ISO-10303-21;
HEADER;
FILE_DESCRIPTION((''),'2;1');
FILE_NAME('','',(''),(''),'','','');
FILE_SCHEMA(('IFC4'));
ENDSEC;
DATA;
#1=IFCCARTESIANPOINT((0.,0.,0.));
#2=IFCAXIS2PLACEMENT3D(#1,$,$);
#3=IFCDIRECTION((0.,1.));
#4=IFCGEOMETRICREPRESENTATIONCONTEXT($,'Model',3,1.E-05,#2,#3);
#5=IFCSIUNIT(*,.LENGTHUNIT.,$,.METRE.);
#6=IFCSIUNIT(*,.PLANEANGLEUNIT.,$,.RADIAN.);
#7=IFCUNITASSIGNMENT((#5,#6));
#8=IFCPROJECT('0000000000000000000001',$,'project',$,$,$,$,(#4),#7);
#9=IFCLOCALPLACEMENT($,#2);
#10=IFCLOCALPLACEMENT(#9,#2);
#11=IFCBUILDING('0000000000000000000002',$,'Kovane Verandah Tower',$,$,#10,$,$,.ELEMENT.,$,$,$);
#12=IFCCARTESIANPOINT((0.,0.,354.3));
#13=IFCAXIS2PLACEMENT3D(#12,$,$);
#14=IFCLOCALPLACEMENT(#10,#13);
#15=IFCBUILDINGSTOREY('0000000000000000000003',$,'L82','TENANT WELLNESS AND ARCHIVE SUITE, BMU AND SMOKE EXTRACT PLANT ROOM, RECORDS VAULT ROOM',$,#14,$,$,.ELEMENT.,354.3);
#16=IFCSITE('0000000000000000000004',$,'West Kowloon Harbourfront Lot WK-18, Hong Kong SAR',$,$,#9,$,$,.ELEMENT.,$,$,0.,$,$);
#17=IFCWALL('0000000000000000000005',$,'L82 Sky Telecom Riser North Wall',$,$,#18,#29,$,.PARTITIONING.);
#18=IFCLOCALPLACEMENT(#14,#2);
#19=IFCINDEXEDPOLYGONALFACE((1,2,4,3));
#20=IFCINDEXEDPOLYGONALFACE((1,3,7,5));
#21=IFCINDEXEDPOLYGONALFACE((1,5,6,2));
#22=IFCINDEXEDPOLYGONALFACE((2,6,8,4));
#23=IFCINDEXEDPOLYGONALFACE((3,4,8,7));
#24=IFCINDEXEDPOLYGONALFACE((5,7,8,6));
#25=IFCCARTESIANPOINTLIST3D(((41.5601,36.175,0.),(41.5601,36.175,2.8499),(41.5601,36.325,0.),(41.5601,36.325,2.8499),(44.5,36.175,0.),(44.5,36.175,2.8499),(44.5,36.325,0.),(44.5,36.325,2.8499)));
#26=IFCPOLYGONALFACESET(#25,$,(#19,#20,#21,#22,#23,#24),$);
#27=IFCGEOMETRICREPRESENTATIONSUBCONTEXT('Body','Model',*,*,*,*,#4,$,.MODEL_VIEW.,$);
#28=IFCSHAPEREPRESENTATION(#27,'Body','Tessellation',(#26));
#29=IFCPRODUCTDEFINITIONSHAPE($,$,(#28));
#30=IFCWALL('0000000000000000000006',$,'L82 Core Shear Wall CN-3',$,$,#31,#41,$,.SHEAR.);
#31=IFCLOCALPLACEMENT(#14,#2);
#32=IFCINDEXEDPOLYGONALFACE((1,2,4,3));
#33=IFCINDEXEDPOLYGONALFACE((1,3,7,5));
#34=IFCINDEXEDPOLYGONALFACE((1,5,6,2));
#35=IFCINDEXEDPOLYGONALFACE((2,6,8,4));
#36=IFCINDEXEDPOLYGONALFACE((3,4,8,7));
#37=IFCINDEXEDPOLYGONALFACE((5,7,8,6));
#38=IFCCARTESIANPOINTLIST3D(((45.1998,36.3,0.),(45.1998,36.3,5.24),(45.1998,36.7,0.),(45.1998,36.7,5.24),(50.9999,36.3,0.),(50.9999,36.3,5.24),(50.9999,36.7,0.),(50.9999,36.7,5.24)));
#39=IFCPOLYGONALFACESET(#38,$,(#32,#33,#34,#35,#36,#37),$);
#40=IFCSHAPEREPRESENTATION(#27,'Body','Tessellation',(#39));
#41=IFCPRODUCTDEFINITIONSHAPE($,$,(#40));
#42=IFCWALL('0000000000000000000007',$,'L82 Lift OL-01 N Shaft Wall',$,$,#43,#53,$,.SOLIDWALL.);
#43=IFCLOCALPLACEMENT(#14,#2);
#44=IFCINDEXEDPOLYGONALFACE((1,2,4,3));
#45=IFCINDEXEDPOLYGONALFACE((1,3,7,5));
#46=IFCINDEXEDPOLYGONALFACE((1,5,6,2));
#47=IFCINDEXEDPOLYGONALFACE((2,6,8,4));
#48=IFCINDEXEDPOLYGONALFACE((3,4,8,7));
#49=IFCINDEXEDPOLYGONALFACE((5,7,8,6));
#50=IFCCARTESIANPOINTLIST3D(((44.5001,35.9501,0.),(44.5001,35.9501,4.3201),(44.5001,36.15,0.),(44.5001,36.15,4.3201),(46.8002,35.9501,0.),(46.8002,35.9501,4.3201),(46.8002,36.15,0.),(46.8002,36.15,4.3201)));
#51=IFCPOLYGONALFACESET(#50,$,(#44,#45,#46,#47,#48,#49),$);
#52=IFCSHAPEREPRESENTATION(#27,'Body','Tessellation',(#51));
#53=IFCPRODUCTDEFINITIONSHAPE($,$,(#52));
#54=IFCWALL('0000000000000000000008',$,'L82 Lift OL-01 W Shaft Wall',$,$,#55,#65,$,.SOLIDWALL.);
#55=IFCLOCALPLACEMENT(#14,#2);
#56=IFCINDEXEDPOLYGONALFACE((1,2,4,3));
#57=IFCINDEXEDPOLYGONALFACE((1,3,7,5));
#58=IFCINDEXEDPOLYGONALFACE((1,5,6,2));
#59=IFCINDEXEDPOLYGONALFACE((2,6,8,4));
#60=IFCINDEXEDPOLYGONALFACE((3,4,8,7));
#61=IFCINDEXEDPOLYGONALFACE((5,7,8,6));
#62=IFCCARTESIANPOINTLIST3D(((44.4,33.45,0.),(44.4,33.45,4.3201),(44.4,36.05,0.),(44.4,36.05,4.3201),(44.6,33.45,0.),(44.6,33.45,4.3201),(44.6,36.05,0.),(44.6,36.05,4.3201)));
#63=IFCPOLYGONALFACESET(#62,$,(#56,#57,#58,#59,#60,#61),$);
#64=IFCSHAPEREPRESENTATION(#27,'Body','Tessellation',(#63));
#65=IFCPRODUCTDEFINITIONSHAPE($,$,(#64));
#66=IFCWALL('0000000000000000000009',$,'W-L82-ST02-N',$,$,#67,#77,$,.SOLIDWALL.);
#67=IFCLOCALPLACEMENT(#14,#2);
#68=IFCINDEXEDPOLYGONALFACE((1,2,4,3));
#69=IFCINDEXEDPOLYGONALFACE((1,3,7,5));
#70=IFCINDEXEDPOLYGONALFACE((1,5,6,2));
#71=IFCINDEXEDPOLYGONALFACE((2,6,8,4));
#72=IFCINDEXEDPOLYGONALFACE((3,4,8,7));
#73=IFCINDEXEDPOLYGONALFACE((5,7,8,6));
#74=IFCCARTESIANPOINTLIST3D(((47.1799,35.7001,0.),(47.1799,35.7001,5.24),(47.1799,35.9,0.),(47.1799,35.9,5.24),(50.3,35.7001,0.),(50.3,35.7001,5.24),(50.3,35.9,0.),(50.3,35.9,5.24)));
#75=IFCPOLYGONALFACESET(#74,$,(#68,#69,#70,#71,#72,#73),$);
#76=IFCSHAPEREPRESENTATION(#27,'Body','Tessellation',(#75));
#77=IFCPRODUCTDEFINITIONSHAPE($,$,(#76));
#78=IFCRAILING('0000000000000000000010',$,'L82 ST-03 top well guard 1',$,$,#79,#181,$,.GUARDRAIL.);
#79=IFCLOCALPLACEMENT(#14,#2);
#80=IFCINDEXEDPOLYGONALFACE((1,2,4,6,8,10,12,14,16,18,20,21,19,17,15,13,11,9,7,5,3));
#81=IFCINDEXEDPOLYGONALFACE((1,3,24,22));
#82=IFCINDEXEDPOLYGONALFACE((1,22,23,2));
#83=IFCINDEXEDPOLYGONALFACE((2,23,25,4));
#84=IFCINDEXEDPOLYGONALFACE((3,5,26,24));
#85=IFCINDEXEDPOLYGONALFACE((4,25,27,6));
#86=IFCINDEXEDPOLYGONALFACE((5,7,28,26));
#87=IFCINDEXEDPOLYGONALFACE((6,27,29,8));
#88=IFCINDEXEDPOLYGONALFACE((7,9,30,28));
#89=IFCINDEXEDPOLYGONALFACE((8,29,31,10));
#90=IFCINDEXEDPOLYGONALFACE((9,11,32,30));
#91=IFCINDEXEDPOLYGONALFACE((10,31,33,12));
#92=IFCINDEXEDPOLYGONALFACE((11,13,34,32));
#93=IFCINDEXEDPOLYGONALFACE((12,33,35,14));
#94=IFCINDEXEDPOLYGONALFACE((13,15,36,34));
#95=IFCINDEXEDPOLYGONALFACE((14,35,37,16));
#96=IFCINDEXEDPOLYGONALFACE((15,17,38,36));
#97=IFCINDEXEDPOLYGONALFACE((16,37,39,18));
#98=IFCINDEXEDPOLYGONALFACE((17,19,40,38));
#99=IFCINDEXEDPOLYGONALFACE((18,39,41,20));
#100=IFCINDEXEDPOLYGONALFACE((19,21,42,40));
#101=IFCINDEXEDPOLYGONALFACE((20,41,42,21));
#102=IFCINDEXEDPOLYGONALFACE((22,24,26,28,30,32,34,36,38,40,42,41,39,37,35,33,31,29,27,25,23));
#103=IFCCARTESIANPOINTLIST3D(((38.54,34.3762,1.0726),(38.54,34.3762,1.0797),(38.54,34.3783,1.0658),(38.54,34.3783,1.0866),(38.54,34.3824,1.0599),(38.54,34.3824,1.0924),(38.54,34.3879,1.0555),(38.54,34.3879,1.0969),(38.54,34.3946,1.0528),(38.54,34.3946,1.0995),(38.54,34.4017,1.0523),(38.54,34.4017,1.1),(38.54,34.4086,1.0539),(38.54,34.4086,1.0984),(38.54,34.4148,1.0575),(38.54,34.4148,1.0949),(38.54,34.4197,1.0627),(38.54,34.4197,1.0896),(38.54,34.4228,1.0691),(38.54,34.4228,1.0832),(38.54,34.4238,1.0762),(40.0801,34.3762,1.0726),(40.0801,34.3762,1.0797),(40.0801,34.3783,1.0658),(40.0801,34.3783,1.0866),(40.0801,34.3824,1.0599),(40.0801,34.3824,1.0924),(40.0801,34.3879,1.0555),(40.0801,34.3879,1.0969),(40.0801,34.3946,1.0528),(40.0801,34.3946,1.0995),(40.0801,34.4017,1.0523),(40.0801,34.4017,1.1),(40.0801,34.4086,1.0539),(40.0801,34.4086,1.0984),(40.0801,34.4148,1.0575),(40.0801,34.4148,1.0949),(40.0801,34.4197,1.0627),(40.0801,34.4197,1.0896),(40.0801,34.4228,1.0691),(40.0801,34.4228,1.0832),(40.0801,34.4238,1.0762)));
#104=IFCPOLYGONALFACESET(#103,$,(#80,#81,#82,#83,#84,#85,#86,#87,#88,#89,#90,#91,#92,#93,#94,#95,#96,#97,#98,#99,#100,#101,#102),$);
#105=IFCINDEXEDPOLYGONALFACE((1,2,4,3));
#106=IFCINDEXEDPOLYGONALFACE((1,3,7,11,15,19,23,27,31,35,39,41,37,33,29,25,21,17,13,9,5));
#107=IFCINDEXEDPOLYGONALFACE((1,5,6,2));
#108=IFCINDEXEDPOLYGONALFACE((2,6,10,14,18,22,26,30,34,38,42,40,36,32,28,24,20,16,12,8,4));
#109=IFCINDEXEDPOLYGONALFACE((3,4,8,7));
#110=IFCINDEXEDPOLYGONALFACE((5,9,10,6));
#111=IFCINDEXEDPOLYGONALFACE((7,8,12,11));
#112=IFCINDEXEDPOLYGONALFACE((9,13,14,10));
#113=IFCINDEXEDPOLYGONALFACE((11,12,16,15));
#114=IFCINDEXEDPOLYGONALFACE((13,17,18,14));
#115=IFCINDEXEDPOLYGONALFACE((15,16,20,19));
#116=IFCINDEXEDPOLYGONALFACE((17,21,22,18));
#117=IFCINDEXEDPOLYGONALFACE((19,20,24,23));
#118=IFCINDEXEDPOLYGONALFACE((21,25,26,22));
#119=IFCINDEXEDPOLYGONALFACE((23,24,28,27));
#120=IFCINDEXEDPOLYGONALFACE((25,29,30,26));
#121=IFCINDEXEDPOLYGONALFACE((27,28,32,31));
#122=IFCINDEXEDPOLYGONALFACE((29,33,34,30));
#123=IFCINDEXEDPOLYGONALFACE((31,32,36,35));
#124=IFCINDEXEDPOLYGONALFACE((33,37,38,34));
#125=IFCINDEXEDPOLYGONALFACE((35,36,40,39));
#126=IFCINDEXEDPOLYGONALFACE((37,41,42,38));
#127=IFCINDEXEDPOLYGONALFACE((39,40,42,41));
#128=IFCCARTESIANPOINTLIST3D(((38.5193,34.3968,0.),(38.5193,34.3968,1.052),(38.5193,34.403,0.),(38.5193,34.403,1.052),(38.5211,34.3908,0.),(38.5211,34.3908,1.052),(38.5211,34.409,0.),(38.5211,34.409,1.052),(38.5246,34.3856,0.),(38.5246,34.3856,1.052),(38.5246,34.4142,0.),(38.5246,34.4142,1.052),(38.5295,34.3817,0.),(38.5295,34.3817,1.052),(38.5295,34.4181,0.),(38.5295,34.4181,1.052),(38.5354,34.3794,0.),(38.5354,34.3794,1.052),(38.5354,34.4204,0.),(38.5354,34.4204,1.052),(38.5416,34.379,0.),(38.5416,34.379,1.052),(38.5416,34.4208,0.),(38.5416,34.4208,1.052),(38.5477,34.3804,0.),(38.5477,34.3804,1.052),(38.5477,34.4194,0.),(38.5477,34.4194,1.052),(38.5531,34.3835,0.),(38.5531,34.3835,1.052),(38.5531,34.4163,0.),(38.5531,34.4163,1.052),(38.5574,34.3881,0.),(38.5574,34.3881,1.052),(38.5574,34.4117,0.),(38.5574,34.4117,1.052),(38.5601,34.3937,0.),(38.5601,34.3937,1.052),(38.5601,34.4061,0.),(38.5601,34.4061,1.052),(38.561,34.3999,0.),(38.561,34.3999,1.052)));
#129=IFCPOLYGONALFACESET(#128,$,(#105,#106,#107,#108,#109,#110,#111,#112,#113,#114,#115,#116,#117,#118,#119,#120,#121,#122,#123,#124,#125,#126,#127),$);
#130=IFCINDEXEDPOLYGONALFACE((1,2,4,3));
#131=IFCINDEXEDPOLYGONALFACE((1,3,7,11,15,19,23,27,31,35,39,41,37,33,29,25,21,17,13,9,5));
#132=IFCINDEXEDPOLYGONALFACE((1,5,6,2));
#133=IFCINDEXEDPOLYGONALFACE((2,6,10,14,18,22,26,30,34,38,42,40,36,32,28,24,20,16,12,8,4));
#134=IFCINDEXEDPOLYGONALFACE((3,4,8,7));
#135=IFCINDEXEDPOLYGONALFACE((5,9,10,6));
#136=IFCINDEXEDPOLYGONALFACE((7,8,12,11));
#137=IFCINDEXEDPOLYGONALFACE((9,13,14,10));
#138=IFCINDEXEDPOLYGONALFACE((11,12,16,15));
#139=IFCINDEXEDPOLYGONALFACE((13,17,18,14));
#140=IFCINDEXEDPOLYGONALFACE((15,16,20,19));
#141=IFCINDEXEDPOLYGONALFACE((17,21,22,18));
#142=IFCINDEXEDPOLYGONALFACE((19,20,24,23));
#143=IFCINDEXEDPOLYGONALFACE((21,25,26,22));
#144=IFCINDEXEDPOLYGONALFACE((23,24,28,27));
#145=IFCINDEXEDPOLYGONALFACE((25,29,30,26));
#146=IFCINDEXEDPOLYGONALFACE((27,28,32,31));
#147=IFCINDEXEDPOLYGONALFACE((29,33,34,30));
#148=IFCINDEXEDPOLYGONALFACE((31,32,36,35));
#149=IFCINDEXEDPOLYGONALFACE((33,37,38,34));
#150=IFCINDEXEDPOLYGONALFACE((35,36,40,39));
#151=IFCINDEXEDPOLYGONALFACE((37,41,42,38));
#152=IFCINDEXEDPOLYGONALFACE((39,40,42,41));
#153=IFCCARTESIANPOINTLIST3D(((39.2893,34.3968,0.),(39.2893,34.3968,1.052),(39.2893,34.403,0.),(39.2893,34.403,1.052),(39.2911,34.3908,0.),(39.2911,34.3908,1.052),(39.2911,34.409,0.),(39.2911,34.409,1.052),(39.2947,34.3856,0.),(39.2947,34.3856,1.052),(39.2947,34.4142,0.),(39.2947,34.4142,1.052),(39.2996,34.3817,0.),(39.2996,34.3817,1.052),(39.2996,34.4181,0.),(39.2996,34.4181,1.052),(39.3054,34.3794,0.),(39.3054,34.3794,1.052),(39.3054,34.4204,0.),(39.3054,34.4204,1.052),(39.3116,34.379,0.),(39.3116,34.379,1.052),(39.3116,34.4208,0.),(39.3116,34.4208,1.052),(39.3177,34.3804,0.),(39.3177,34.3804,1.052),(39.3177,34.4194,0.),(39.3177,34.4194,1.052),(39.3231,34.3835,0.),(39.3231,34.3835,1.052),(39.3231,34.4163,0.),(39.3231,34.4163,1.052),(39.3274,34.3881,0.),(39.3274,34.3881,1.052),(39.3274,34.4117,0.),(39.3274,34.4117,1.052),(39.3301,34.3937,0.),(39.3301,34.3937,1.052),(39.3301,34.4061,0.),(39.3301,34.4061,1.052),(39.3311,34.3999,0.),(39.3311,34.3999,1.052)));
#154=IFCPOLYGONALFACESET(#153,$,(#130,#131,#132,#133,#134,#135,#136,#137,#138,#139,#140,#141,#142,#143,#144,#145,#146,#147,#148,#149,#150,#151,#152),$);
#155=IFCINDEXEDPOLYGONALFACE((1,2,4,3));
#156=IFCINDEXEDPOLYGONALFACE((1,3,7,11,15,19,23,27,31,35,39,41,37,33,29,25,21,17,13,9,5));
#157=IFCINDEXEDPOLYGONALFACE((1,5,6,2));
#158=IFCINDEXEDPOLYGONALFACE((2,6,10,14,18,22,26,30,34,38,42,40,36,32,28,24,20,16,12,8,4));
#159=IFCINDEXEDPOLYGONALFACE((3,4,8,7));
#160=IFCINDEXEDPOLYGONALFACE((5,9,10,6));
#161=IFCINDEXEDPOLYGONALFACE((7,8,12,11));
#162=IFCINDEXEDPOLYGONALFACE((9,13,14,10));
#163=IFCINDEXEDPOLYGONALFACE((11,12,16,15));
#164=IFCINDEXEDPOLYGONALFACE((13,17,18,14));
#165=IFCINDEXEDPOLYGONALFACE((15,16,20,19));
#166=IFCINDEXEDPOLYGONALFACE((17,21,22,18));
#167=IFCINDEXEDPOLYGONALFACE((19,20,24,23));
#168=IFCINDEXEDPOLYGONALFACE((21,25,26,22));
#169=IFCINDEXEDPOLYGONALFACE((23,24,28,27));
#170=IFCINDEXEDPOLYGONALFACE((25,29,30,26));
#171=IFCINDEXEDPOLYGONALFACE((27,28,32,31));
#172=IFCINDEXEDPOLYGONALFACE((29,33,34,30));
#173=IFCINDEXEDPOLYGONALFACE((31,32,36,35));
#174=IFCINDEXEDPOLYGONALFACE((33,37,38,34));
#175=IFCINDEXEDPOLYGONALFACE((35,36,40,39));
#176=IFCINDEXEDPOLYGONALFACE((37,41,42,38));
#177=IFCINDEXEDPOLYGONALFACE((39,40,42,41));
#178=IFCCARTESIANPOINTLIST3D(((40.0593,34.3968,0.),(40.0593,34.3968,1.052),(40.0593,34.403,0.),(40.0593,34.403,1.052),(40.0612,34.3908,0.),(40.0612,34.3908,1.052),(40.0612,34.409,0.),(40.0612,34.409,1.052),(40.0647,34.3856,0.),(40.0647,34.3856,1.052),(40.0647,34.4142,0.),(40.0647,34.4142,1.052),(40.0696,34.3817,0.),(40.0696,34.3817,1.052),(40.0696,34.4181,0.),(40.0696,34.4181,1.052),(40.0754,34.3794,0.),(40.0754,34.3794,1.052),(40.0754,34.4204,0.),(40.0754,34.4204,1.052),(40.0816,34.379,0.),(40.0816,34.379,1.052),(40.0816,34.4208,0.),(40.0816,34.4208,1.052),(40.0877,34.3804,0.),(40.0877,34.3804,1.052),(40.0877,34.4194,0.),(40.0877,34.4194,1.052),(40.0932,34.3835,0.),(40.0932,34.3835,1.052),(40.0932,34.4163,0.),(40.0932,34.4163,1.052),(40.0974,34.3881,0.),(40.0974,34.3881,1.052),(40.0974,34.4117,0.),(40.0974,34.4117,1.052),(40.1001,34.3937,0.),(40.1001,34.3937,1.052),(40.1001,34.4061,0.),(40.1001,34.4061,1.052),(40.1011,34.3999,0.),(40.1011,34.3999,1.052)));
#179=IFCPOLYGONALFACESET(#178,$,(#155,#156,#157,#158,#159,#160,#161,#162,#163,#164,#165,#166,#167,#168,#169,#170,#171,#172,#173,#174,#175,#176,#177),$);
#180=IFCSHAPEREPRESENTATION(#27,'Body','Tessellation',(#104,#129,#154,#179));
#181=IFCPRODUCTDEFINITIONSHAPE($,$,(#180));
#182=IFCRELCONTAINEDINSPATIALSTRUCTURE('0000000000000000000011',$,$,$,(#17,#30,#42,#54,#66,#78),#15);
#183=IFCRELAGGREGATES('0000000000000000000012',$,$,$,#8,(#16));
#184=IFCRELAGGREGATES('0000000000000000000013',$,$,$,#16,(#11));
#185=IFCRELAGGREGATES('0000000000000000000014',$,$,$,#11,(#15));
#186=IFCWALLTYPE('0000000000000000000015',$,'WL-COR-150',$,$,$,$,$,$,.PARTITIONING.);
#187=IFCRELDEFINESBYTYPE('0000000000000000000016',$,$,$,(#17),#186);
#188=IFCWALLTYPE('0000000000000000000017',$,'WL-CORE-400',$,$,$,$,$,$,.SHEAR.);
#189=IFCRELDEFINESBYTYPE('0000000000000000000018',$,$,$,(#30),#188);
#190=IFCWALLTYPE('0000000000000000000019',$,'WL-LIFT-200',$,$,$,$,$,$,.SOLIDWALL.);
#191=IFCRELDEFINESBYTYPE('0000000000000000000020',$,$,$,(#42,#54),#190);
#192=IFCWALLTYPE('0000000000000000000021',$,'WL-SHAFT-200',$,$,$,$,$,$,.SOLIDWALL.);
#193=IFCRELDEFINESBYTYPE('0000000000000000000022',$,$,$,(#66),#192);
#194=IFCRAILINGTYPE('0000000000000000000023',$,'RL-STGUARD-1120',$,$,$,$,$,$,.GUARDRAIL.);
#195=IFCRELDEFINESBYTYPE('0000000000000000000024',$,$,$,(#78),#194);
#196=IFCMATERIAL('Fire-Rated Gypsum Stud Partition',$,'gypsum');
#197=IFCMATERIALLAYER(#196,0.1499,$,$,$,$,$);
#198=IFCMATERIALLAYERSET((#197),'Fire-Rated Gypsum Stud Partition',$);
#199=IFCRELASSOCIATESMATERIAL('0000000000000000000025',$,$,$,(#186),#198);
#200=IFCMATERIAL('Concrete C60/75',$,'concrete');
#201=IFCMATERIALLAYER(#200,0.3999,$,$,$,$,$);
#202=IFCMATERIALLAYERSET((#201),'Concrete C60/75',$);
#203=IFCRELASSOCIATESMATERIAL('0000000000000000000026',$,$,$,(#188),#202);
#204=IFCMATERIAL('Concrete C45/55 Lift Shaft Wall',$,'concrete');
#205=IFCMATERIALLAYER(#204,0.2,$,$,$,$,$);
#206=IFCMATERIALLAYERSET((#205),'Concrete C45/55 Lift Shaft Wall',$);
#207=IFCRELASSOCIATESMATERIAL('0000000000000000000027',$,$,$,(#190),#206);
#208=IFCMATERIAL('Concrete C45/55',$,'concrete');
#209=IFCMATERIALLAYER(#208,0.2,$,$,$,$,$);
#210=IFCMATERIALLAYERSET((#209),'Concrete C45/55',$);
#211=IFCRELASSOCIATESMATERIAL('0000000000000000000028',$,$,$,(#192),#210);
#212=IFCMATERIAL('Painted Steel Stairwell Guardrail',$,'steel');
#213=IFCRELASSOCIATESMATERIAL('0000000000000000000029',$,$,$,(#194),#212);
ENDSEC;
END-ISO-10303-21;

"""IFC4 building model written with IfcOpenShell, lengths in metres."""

from ifc_helpers import new_model, si_unit, direction, frame, frame_2d, origin, origin_2d, place, context, subcontext, project, spatial, rectangle, circle, extrude, material, layer, layer_set, type_object, element, save


model = new_model("IFC4")

# Units and contexts
model_context = context("Model", 3, precision=1e-05, world=origin(), true_north=direction((0.0, 1.0)))
body_context = subcontext(model_context, "Body", "Model", "MODEL_VIEW")
ifc_project = project(units=[si_unit("LENGTHUNIT", "METRE"), si_unit("PLANEANGLEUNIT", "RADIAN")], contexts=[model_context])

# Site, building, storey
site_placement = place(None, origin())
site = spatial("IfcSite", under=ifc_project, at=site_placement, Name="West Kowloon Harbourfront Lot WK-18, Hong Kong SAR", CompositionType="ELEMENT", RefElevation=0.0)
building_placement = place(site_placement, origin())
building = spatial("IfcBuilding", under=site, at=building_placement, Name="Kovane Verandah Tower", CompositionType="ELEMENT")
storey_placement = place(building_placement, frame((0.0, 0.0, 354.3)))
storey = spatial("IfcBuildingStorey", under=building, at=storey_placement, Name="L82", Description="TENANT WELLNESS AND ARCHIVE SUITE, BMU AND SMOKE EXTRACT PLANT ROOM, RECORDS VAULT ROOM", CompositionType="ELEMENT", Elevation=354.3)

# Shared definitions
ifc_material_1 = material(Name="Concrete C60/75", Category="concrete")

# Walls
ifc_material_2 = material(Name="Fire-Rated Gypsum Stud Partition", Category="gypsum")
ifc_layer_1 = layer(ifc_material_2, 0.1499)
ifc_layer_set_1 = layer_set([ifc_layer_1], Name="Fire-Rated Gypsum Stud Partition")
wall_type_1 = type_object("IfcWallType", Name="WL-COR-150", PredefinedType="PARTITIONING", material=ifc_layer_set_1)
wall_1_placement = place(storey_placement, frame((41.5601, 36.25, 0.0), z_axis=(0.0, 0.0, 1.0), x_axis=(1.0, 0.0, 0.0)))
element("IfcWall", 1, at=wall_1_placement, inside=storey, type_object=wall_type_1, Name="L82 Sky Telecom Riser North Wall", PredefinedType="PARTITIONING", context=body_context, shape_type="SweptSolid", body=[
    extrude(rectangle(XDim=2.9399, YDim=0.1499, at=frame_2d((1.47, 0.0))), origin(), (0.0, 0.0, 1.0), 2.8499),
])
ifc_layer_2 = layer(ifc_material_1, 0.3999)
ifc_layer_set_2 = layer_set([ifc_layer_2], Name="Concrete C60/75")
wall_type_2 = type_object("IfcWallType", Name="WL-CORE-400", PredefinedType="SHEAR", material=ifc_layer_set_2)
wall_2_placement = place(storey_placement, frame((45.2, 36.5, 0.0), z_axis=(0.0, 0.0, 1.0), x_axis=(1.0, 0.0, 0.0)))
element("IfcWall", 2, at=wall_2_placement, inside=storey, type_object=wall_type_2, Name="L82 Core Shear Wall CN-3", PredefinedType="SHEAR", context=body_context, shape_type="SweptSolid", body=[
    extrude(rectangle(XDim=5.8, YDim=0.3999, at=frame_2d((2.8999, 0.0))), origin(), (0.0, 0.0, 1.0), 5.24),
])
ifc_material_3 = material(Name="Concrete C45/55 Lift Shaft Wall", Category="concrete")
ifc_layer_3 = layer(ifc_material_3, 0.2)
ifc_layer_set_3 = layer_set([ifc_layer_3], Name="Concrete C45/55 Lift Shaft Wall")
wall_type_3 = type_object("IfcWallType", Name="WL-LIFT-200", PredefinedType="SOLIDWALL", material=ifc_layer_set_3)
wall_3_placement = place(storey_placement, frame((46.8, 36.05, 0.0), z_axis=(0.0, 0.0, 1.0), x_axis=(-1.0, 0.0, 0.0)))
element("IfcWall", 3, at=wall_3_placement, inside=storey, type_object=wall_type_3, Name="L82 Lift OL-01 N Shaft Wall", PredefinedType="SOLIDWALL", context=body_context, shape_type="SweptSolid", body=[
    extrude(rectangle(XDim=2.3, YDim=0.2, at=frame_2d((1.1499, 0.0))), origin(), (0.0, 0.0, 1.0), 4.3201),
])
wall_4_placement = place(storey_placement, frame((44.5, 36.05, 0.0), z_axis=(0.0, 0.0, 1.0), x_axis=(0.0, -1.0, 0.0)))
element("IfcWall", 4, at=wall_4_placement, inside=storey, type_object=wall_type_3, Name="L82 Lift OL-01 W Shaft Wall", PredefinedType="SOLIDWALL", context=body_context, shape_type="SweptSolid", body=[
    extrude(rectangle(XDim=2.6001, YDim=0.2, at=frame_2d((1.3, 0.0))), origin(), (0.0, 0.0, 1.0), 4.3201),
])
ifc_material_4 = material(Name="Concrete C45/55", Category="concrete")
ifc_layer_4 = layer(ifc_material_4, 0.2)
ifc_layer_set_4 = layer_set([ifc_layer_4], Name="Concrete C45/55")
wall_type_4 = type_object("IfcWallType", Name="WL-SHAFT-200", PredefinedType="SOLIDWALL", material=ifc_layer_set_4)
wall_5_placement = place(storey_placement, frame((47.1799, 35.8, 0.0), z_axis=(0.0, 0.0, 1.0), x_axis=(1.0, 0.0, 0.0)))
element("IfcWall", 5, at=wall_5_placement, inside=storey, type_object=wall_type_4, Name="W-L82-ST02-N", PredefinedType="SOLIDWALL", context=body_context, shape_type="SweptSolid", body=[
    extrude(rectangle(XDim=3.1201, YDim=0.2, at=frame_2d((1.5601, 0.0))), origin(), (0.0, 0.0, 1.0), 5.24),
])

# Railing
ifc_material_5 = material(Name="Painted Steel Stairwell Guardrail", Category="steel")
railing_type_1 = type_object("IfcRailingType", Name="RL-STGUARD-1120", PredefinedType="GUARDRAIL", material=ifc_material_5)
railing_1_placement = place(storey_placement, frame((38.54, 34.3999, 0.0)))
element("IfcRailing", 6, at=railing_1_placement, inside=storey, type_object=railing_type_1, Name="L82 ST-03 top well guard 1", PredefinedType="GUARDRAIL", context=body_context, shape_type="SweptSolid", body=[
    extrude(circle(Radius=0.0239, at=origin_2d()), frame((0.0, 0.0, 1.0762), z_axis=(1.0, 0.0, 0.0), x_axis=(0.0, 1.0, 0.0)), (0.0, 0.0, 1.0), 1.54),
    extrude(circle(Radius=0.021, at=origin_2d()), origin(), (0.0, 0.0, 1.0), 1.052),
    extrude(circle(Radius=0.021, at=origin_2d()), frame((0.77, 0.0, 0.0)), (0.0, 0.0, 1.0), 1.052),
    extrude(circle(Radius=0.021, at=origin_2d()), frame((1.54, 0.0, 0.0)), (0.0, 0.0, 1.0), 1.052),
])

save(model, "model.ifc")
